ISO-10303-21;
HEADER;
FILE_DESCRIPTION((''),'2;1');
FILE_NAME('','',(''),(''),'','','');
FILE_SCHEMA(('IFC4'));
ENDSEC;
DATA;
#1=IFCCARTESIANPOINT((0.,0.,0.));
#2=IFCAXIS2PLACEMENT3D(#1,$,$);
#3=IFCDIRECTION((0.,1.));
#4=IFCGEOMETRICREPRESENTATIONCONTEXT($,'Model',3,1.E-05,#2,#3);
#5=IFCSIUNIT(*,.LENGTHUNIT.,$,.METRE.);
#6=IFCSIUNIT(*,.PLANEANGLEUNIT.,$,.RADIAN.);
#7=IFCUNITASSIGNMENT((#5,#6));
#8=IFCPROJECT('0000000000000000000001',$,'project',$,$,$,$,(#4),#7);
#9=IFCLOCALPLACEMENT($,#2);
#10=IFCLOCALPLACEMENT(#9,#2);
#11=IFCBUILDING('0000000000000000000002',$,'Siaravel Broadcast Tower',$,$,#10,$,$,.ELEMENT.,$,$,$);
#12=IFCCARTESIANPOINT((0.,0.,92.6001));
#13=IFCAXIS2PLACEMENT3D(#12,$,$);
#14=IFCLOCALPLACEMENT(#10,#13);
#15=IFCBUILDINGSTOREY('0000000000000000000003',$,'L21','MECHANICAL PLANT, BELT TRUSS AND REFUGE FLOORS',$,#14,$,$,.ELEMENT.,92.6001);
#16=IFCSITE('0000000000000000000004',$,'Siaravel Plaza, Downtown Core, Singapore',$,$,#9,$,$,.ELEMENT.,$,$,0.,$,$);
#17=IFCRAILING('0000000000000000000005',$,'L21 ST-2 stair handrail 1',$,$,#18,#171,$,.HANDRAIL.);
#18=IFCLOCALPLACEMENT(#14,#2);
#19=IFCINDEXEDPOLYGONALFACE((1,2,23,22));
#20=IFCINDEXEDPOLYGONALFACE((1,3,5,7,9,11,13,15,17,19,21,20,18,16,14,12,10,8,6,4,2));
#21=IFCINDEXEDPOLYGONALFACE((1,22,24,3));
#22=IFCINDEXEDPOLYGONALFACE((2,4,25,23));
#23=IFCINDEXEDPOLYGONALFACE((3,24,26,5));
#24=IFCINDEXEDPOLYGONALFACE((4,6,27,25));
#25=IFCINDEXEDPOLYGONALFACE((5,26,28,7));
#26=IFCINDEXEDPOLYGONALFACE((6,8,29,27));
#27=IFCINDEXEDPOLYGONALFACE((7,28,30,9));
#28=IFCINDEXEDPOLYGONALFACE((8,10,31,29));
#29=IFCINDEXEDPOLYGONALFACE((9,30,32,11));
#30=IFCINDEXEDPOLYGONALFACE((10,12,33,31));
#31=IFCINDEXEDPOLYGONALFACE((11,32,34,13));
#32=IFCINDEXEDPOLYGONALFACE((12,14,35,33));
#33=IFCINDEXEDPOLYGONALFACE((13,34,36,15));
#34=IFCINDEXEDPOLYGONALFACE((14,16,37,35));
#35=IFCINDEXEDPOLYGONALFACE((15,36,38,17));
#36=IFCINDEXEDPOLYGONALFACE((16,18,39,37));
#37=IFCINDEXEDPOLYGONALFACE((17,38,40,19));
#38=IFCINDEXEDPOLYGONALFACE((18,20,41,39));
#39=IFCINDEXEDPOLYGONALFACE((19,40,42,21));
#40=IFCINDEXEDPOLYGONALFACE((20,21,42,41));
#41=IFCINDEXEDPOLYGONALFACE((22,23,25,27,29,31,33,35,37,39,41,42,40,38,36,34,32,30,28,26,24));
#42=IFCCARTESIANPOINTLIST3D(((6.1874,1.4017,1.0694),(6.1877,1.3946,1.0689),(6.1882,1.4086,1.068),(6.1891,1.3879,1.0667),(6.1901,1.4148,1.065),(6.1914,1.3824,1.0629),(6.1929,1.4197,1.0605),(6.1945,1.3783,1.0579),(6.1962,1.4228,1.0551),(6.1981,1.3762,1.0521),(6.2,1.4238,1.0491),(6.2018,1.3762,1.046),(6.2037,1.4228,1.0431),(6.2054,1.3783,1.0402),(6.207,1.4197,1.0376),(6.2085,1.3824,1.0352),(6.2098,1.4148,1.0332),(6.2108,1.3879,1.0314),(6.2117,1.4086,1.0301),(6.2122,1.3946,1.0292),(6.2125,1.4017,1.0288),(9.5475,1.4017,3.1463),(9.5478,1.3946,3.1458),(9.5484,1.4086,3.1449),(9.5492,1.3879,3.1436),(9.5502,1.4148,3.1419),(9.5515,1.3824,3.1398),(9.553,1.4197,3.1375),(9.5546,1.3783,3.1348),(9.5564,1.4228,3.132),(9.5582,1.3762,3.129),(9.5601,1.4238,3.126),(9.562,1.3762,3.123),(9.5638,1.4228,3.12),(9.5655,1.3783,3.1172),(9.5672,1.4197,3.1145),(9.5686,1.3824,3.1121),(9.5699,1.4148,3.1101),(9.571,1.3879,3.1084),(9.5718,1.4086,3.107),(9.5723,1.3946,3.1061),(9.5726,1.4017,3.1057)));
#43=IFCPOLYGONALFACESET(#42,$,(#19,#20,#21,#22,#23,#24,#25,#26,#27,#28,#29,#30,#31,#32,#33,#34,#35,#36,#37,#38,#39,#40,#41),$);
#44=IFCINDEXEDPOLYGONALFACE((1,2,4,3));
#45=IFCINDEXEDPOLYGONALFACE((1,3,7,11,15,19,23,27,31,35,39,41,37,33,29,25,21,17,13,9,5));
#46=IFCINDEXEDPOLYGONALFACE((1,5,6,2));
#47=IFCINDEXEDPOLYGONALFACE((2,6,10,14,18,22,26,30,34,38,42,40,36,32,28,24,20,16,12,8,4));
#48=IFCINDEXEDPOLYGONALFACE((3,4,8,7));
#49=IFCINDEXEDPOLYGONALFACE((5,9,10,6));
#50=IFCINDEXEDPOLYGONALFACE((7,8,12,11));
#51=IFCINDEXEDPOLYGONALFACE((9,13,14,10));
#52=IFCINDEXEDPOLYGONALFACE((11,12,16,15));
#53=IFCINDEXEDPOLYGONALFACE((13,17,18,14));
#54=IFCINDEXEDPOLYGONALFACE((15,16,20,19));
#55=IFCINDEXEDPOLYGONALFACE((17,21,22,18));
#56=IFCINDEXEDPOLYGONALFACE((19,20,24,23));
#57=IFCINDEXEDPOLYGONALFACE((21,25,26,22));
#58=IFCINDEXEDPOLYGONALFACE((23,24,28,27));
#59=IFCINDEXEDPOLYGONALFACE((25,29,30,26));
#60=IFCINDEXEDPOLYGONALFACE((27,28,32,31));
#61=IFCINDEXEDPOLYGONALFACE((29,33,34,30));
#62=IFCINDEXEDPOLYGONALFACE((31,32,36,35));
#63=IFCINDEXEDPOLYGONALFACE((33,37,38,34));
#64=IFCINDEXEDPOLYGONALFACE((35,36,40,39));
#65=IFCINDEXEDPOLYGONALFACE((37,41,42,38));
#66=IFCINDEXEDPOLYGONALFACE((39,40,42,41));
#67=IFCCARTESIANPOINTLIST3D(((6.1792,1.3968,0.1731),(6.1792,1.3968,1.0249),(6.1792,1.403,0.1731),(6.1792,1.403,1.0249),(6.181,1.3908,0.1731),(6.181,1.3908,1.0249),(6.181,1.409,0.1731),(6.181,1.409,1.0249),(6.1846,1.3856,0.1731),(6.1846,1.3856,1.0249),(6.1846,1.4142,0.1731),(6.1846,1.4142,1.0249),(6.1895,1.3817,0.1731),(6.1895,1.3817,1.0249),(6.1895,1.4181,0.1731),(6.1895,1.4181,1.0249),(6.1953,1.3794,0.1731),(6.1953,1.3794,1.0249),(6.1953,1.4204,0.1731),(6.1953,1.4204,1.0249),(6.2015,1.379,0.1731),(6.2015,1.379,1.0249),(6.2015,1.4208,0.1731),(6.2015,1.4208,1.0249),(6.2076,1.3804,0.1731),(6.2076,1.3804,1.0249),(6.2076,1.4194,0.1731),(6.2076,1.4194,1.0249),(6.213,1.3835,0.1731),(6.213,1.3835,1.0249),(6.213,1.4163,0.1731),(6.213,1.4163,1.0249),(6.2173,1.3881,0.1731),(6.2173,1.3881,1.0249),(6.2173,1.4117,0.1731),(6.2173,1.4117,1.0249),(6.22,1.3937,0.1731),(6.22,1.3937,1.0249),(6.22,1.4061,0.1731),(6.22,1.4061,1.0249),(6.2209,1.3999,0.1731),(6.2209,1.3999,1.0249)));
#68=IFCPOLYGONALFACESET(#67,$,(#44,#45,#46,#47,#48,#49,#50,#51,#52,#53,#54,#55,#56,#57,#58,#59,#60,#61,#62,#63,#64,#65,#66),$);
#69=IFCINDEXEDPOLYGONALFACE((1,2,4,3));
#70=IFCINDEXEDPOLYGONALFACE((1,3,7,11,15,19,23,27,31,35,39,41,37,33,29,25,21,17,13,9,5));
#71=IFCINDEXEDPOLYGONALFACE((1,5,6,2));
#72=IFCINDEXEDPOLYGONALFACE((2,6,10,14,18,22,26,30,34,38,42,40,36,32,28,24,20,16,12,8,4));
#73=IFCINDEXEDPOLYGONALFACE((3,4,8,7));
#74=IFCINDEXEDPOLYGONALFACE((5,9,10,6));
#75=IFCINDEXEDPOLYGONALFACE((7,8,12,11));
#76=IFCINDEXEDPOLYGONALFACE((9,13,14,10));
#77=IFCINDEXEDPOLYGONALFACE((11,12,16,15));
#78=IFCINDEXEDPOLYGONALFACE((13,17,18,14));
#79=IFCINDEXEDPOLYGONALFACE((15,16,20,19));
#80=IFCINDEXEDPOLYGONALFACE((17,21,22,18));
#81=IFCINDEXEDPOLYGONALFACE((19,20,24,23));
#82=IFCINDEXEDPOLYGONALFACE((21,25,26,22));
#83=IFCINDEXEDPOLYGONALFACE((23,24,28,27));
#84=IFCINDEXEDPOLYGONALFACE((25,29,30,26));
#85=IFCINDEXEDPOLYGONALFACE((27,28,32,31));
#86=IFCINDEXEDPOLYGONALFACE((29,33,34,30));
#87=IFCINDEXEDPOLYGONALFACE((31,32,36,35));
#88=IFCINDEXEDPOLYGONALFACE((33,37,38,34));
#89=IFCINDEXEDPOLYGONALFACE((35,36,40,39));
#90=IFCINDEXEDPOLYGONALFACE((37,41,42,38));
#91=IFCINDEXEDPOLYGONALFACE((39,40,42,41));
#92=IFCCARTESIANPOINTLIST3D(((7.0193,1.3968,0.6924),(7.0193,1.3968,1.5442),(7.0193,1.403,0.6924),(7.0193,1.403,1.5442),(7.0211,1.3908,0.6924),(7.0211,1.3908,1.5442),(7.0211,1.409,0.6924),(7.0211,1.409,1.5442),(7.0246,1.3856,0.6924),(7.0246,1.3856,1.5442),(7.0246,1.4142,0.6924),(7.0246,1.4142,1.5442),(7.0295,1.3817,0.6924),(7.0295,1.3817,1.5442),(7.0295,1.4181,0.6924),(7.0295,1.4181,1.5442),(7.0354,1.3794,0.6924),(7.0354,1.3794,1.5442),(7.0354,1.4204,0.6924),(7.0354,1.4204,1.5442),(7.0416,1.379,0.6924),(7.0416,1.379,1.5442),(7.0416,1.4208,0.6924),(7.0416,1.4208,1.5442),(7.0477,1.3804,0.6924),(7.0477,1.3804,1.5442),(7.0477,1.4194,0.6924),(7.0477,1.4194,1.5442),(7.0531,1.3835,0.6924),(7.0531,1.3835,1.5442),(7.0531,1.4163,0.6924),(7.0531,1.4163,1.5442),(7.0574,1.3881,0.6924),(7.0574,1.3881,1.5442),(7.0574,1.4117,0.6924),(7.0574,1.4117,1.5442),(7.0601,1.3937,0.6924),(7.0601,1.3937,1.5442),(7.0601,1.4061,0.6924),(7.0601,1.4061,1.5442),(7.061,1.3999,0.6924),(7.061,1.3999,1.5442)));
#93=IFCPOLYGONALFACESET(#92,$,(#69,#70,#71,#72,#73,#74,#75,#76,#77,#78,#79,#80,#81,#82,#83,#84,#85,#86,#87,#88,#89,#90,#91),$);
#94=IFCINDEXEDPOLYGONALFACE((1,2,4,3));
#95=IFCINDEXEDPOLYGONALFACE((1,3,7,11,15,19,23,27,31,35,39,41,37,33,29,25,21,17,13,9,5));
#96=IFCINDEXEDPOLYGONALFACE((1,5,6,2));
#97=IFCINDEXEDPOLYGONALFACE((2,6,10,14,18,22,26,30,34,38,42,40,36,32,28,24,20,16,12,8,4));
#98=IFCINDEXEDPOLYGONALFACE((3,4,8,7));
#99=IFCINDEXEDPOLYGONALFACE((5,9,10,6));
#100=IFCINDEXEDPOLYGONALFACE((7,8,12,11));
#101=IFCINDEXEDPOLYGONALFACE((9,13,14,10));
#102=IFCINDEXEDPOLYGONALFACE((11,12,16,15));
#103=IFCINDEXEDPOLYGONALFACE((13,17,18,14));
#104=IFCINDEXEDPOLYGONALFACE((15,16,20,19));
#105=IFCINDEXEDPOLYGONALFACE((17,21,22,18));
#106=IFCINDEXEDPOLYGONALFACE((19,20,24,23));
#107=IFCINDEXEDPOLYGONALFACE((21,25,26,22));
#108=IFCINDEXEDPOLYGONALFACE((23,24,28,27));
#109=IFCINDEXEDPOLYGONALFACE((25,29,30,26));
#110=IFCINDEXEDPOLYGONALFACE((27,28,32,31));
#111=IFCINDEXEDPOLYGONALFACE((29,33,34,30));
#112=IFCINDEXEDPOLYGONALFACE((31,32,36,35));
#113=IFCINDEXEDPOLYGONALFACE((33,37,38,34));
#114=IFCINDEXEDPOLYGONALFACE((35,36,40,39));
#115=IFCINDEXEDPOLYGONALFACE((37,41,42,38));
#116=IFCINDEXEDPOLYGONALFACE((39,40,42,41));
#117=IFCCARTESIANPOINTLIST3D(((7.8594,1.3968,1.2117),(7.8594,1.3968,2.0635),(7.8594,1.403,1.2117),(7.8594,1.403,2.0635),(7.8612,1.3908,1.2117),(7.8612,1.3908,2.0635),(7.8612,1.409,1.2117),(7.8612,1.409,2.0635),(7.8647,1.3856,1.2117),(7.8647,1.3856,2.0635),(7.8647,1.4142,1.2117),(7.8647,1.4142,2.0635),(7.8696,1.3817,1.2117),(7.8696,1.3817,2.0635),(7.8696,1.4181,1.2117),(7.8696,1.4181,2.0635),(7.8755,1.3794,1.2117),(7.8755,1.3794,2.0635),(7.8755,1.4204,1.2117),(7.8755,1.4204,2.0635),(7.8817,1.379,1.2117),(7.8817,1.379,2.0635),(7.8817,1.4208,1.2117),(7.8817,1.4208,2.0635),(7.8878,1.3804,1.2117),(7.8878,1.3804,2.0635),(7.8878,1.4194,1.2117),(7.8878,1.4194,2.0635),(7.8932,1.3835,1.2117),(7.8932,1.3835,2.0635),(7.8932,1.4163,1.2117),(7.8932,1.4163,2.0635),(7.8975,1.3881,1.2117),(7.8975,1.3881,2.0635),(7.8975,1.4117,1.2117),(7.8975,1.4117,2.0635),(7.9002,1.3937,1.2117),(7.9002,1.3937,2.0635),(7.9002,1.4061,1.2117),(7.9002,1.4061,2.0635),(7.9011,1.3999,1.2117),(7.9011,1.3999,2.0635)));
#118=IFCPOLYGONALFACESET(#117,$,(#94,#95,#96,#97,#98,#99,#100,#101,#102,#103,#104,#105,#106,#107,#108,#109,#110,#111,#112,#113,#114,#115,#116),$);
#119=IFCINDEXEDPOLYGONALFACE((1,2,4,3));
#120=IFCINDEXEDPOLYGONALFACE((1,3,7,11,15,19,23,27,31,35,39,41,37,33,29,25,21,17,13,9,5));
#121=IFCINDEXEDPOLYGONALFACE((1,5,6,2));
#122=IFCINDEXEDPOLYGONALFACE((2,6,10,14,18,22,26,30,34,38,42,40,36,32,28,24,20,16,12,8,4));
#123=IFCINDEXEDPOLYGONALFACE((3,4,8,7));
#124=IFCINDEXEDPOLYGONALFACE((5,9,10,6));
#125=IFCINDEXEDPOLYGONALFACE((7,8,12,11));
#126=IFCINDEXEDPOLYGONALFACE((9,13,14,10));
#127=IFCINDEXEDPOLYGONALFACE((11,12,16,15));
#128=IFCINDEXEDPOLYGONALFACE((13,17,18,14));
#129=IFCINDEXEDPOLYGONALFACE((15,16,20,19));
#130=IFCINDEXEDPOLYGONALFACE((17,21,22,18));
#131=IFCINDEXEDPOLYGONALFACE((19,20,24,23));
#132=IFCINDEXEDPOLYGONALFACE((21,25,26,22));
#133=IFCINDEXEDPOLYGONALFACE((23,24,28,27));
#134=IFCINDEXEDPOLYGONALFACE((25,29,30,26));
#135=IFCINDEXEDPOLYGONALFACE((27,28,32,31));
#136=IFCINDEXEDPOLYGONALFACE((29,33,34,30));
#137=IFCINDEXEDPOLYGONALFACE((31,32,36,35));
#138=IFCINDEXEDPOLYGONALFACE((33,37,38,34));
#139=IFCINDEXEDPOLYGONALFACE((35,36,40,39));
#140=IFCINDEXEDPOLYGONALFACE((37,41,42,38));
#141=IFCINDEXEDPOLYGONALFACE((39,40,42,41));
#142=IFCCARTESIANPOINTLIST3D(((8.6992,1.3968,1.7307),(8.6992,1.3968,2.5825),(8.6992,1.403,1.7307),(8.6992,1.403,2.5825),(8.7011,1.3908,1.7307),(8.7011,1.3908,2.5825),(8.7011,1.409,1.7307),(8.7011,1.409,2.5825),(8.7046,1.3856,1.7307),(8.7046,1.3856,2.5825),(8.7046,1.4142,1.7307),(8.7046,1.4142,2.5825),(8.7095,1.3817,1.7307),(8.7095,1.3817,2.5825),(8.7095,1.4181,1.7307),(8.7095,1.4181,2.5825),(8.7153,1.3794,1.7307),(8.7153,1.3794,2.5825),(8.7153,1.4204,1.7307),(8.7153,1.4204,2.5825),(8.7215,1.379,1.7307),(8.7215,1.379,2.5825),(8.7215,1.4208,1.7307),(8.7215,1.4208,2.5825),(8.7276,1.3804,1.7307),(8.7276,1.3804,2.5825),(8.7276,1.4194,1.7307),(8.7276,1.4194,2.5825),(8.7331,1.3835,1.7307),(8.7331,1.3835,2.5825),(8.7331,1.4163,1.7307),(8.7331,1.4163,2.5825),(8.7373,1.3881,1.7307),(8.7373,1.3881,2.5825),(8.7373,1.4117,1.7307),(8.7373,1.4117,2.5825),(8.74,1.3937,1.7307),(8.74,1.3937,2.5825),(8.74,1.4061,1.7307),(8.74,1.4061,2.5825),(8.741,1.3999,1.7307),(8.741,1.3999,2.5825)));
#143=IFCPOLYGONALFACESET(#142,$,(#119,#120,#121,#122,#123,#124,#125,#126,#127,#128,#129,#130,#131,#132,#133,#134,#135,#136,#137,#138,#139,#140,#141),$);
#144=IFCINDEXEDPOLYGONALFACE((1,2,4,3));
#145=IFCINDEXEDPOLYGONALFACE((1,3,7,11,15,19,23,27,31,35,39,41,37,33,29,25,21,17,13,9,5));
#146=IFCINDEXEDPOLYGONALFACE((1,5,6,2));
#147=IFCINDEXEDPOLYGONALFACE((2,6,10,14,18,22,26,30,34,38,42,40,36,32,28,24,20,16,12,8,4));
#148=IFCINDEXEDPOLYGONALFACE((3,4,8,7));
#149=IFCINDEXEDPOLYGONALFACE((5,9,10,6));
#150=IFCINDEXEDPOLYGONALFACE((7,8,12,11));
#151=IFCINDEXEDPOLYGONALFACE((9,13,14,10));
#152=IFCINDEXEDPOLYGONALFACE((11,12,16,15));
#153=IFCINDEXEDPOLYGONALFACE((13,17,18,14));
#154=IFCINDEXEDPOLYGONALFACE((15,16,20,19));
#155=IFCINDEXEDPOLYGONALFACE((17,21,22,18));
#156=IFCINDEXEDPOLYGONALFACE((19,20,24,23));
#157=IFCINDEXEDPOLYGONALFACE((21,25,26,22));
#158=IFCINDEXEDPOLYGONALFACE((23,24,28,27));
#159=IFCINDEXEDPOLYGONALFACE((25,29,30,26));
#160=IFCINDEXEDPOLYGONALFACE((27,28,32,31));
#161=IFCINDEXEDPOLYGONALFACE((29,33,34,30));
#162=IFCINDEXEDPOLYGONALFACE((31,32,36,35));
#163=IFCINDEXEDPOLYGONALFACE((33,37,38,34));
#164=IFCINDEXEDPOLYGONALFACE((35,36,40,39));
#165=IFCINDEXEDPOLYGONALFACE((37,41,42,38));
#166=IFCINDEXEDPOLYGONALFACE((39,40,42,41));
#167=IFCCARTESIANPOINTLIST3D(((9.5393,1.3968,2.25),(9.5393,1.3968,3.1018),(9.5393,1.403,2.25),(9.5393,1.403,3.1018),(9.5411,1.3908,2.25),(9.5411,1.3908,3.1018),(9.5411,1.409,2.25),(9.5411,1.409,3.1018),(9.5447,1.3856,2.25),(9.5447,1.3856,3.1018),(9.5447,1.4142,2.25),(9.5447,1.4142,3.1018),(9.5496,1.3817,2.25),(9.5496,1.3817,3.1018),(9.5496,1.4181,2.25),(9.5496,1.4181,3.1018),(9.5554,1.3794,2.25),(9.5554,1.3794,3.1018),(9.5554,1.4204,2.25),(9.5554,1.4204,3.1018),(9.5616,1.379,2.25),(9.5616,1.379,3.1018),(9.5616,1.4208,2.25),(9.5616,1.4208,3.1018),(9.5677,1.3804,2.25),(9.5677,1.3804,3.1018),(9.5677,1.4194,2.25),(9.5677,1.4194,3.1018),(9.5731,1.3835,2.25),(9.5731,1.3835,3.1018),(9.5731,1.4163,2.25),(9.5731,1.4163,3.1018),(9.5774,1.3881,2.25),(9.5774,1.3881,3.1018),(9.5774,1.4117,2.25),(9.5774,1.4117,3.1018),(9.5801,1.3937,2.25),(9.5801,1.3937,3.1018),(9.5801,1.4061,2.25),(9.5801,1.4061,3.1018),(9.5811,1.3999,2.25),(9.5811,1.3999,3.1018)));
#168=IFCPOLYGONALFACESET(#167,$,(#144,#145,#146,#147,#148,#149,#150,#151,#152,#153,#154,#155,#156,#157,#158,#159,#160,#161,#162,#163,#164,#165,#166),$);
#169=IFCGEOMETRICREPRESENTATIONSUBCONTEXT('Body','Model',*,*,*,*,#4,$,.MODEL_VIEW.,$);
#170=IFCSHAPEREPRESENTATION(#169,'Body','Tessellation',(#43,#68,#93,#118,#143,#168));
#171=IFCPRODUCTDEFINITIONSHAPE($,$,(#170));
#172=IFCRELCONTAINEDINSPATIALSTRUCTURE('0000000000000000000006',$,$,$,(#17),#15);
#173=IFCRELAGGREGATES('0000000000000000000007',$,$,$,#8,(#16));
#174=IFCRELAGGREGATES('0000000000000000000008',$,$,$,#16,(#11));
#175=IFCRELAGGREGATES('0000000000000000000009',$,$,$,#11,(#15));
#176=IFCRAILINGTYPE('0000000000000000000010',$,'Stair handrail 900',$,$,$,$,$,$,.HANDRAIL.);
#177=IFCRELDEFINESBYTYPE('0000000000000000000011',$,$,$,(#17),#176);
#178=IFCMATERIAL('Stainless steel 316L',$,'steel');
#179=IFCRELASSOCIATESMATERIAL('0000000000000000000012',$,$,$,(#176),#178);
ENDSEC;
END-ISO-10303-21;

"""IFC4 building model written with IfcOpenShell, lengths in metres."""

from ifc_helpers import new_model, si_unit, direction, frame, origin, origin_2d, place, context, subcontext, project, spatial, circle, extrude, material, type_object, element, save


model = new_model("IFC4")

# Units and contexts
model_context = context("Model", 3, precision=1e-05, world=origin(), true_north=direction((0.0, 1.0)))
body_context = subcontext(model_context, "Body", "Model", "MODEL_VIEW")
ifc_project = project(units=[si_unit("LENGTHUNIT", "METRE"), si_unit("PLANEANGLEUNIT", "RADIAN")], contexts=[model_context])

# Site, building, storey
site_placement = place(None, origin())
site = spatial("IfcSite", under=ifc_project, at=site_placement, Name="Siaravel Plaza, Downtown Core, Singapore", CompositionType="ELEMENT", RefElevation=0.0)
building_placement = place(site_placement, origin())
building = spatial("IfcBuilding", under=site, at=building_placement, Name="Siaravel Broadcast Tower", CompositionType="ELEMENT")
storey_placement = place(building_placement, frame((0.0, 0.0, 92.6001)))
storey = spatial("IfcBuildingStorey", under=building, at=storey_placement, Name="L21", Description="MECHANICAL PLANT, BELT TRUSS AND REFUGE FLOORS", CompositionType="ELEMENT", Elevation=92.6001)

# Railing
ifc_material_1 = material(Name="Stainless steel 316L", Category="steel")
railing_type_1 = type_object("IfcRailingType", Name="Stair handrail 900", PredefinedType="HANDRAIL", material=ifc_material_1)
railing_1_placement = place(storey_placement, frame((6.2, 1.3999, 0.1731)))
element("IfcRailing", 1, at=railing_1_placement, inside=storey, type_object=railing_type_1, Name="L21 ST-2 stair handrail 1", PredefinedType="HANDRAIL", context=body_context, shape_type="SweptSolid", body=[
    extrude(circle(Radius=0.0239, at=origin_2d()), frame((0.0, 0.0, 0.876), z_axis=(0.850623, 0.0, 0.525776), x_axis=(0.0, 1.0, 0.0)), (0.0, 0.0, 1.0), 3.9502),
    extrude(circle(Radius=0.021, at=origin_2d()), origin(), (0.0, 0.0, 1.0), 0.8518),
    extrude(circle(Radius=0.021, at=origin_2d()), frame((0.8401, 0.0, 0.5193)), (0.0, 0.0, 1.0), 0.8518),
    extrude(circle(Radius=0.021, at=origin_2d()), frame((1.6802, 0.0, 1.0386)), (0.0, 0.0, 1.0), 0.8518),
    extrude(circle(Radius=0.021, at=origin_2d()), frame((2.52, 0.0, 1.5576)), (0.0, 0.0, 1.0), 0.8518),
    extrude(circle(Radius=0.021, at=origin_2d()), frame((3.3601, 0.0, 2.0769)), (0.0, 0.0, 1.0), 0.8518),
])

save(model, "model.ifc")
